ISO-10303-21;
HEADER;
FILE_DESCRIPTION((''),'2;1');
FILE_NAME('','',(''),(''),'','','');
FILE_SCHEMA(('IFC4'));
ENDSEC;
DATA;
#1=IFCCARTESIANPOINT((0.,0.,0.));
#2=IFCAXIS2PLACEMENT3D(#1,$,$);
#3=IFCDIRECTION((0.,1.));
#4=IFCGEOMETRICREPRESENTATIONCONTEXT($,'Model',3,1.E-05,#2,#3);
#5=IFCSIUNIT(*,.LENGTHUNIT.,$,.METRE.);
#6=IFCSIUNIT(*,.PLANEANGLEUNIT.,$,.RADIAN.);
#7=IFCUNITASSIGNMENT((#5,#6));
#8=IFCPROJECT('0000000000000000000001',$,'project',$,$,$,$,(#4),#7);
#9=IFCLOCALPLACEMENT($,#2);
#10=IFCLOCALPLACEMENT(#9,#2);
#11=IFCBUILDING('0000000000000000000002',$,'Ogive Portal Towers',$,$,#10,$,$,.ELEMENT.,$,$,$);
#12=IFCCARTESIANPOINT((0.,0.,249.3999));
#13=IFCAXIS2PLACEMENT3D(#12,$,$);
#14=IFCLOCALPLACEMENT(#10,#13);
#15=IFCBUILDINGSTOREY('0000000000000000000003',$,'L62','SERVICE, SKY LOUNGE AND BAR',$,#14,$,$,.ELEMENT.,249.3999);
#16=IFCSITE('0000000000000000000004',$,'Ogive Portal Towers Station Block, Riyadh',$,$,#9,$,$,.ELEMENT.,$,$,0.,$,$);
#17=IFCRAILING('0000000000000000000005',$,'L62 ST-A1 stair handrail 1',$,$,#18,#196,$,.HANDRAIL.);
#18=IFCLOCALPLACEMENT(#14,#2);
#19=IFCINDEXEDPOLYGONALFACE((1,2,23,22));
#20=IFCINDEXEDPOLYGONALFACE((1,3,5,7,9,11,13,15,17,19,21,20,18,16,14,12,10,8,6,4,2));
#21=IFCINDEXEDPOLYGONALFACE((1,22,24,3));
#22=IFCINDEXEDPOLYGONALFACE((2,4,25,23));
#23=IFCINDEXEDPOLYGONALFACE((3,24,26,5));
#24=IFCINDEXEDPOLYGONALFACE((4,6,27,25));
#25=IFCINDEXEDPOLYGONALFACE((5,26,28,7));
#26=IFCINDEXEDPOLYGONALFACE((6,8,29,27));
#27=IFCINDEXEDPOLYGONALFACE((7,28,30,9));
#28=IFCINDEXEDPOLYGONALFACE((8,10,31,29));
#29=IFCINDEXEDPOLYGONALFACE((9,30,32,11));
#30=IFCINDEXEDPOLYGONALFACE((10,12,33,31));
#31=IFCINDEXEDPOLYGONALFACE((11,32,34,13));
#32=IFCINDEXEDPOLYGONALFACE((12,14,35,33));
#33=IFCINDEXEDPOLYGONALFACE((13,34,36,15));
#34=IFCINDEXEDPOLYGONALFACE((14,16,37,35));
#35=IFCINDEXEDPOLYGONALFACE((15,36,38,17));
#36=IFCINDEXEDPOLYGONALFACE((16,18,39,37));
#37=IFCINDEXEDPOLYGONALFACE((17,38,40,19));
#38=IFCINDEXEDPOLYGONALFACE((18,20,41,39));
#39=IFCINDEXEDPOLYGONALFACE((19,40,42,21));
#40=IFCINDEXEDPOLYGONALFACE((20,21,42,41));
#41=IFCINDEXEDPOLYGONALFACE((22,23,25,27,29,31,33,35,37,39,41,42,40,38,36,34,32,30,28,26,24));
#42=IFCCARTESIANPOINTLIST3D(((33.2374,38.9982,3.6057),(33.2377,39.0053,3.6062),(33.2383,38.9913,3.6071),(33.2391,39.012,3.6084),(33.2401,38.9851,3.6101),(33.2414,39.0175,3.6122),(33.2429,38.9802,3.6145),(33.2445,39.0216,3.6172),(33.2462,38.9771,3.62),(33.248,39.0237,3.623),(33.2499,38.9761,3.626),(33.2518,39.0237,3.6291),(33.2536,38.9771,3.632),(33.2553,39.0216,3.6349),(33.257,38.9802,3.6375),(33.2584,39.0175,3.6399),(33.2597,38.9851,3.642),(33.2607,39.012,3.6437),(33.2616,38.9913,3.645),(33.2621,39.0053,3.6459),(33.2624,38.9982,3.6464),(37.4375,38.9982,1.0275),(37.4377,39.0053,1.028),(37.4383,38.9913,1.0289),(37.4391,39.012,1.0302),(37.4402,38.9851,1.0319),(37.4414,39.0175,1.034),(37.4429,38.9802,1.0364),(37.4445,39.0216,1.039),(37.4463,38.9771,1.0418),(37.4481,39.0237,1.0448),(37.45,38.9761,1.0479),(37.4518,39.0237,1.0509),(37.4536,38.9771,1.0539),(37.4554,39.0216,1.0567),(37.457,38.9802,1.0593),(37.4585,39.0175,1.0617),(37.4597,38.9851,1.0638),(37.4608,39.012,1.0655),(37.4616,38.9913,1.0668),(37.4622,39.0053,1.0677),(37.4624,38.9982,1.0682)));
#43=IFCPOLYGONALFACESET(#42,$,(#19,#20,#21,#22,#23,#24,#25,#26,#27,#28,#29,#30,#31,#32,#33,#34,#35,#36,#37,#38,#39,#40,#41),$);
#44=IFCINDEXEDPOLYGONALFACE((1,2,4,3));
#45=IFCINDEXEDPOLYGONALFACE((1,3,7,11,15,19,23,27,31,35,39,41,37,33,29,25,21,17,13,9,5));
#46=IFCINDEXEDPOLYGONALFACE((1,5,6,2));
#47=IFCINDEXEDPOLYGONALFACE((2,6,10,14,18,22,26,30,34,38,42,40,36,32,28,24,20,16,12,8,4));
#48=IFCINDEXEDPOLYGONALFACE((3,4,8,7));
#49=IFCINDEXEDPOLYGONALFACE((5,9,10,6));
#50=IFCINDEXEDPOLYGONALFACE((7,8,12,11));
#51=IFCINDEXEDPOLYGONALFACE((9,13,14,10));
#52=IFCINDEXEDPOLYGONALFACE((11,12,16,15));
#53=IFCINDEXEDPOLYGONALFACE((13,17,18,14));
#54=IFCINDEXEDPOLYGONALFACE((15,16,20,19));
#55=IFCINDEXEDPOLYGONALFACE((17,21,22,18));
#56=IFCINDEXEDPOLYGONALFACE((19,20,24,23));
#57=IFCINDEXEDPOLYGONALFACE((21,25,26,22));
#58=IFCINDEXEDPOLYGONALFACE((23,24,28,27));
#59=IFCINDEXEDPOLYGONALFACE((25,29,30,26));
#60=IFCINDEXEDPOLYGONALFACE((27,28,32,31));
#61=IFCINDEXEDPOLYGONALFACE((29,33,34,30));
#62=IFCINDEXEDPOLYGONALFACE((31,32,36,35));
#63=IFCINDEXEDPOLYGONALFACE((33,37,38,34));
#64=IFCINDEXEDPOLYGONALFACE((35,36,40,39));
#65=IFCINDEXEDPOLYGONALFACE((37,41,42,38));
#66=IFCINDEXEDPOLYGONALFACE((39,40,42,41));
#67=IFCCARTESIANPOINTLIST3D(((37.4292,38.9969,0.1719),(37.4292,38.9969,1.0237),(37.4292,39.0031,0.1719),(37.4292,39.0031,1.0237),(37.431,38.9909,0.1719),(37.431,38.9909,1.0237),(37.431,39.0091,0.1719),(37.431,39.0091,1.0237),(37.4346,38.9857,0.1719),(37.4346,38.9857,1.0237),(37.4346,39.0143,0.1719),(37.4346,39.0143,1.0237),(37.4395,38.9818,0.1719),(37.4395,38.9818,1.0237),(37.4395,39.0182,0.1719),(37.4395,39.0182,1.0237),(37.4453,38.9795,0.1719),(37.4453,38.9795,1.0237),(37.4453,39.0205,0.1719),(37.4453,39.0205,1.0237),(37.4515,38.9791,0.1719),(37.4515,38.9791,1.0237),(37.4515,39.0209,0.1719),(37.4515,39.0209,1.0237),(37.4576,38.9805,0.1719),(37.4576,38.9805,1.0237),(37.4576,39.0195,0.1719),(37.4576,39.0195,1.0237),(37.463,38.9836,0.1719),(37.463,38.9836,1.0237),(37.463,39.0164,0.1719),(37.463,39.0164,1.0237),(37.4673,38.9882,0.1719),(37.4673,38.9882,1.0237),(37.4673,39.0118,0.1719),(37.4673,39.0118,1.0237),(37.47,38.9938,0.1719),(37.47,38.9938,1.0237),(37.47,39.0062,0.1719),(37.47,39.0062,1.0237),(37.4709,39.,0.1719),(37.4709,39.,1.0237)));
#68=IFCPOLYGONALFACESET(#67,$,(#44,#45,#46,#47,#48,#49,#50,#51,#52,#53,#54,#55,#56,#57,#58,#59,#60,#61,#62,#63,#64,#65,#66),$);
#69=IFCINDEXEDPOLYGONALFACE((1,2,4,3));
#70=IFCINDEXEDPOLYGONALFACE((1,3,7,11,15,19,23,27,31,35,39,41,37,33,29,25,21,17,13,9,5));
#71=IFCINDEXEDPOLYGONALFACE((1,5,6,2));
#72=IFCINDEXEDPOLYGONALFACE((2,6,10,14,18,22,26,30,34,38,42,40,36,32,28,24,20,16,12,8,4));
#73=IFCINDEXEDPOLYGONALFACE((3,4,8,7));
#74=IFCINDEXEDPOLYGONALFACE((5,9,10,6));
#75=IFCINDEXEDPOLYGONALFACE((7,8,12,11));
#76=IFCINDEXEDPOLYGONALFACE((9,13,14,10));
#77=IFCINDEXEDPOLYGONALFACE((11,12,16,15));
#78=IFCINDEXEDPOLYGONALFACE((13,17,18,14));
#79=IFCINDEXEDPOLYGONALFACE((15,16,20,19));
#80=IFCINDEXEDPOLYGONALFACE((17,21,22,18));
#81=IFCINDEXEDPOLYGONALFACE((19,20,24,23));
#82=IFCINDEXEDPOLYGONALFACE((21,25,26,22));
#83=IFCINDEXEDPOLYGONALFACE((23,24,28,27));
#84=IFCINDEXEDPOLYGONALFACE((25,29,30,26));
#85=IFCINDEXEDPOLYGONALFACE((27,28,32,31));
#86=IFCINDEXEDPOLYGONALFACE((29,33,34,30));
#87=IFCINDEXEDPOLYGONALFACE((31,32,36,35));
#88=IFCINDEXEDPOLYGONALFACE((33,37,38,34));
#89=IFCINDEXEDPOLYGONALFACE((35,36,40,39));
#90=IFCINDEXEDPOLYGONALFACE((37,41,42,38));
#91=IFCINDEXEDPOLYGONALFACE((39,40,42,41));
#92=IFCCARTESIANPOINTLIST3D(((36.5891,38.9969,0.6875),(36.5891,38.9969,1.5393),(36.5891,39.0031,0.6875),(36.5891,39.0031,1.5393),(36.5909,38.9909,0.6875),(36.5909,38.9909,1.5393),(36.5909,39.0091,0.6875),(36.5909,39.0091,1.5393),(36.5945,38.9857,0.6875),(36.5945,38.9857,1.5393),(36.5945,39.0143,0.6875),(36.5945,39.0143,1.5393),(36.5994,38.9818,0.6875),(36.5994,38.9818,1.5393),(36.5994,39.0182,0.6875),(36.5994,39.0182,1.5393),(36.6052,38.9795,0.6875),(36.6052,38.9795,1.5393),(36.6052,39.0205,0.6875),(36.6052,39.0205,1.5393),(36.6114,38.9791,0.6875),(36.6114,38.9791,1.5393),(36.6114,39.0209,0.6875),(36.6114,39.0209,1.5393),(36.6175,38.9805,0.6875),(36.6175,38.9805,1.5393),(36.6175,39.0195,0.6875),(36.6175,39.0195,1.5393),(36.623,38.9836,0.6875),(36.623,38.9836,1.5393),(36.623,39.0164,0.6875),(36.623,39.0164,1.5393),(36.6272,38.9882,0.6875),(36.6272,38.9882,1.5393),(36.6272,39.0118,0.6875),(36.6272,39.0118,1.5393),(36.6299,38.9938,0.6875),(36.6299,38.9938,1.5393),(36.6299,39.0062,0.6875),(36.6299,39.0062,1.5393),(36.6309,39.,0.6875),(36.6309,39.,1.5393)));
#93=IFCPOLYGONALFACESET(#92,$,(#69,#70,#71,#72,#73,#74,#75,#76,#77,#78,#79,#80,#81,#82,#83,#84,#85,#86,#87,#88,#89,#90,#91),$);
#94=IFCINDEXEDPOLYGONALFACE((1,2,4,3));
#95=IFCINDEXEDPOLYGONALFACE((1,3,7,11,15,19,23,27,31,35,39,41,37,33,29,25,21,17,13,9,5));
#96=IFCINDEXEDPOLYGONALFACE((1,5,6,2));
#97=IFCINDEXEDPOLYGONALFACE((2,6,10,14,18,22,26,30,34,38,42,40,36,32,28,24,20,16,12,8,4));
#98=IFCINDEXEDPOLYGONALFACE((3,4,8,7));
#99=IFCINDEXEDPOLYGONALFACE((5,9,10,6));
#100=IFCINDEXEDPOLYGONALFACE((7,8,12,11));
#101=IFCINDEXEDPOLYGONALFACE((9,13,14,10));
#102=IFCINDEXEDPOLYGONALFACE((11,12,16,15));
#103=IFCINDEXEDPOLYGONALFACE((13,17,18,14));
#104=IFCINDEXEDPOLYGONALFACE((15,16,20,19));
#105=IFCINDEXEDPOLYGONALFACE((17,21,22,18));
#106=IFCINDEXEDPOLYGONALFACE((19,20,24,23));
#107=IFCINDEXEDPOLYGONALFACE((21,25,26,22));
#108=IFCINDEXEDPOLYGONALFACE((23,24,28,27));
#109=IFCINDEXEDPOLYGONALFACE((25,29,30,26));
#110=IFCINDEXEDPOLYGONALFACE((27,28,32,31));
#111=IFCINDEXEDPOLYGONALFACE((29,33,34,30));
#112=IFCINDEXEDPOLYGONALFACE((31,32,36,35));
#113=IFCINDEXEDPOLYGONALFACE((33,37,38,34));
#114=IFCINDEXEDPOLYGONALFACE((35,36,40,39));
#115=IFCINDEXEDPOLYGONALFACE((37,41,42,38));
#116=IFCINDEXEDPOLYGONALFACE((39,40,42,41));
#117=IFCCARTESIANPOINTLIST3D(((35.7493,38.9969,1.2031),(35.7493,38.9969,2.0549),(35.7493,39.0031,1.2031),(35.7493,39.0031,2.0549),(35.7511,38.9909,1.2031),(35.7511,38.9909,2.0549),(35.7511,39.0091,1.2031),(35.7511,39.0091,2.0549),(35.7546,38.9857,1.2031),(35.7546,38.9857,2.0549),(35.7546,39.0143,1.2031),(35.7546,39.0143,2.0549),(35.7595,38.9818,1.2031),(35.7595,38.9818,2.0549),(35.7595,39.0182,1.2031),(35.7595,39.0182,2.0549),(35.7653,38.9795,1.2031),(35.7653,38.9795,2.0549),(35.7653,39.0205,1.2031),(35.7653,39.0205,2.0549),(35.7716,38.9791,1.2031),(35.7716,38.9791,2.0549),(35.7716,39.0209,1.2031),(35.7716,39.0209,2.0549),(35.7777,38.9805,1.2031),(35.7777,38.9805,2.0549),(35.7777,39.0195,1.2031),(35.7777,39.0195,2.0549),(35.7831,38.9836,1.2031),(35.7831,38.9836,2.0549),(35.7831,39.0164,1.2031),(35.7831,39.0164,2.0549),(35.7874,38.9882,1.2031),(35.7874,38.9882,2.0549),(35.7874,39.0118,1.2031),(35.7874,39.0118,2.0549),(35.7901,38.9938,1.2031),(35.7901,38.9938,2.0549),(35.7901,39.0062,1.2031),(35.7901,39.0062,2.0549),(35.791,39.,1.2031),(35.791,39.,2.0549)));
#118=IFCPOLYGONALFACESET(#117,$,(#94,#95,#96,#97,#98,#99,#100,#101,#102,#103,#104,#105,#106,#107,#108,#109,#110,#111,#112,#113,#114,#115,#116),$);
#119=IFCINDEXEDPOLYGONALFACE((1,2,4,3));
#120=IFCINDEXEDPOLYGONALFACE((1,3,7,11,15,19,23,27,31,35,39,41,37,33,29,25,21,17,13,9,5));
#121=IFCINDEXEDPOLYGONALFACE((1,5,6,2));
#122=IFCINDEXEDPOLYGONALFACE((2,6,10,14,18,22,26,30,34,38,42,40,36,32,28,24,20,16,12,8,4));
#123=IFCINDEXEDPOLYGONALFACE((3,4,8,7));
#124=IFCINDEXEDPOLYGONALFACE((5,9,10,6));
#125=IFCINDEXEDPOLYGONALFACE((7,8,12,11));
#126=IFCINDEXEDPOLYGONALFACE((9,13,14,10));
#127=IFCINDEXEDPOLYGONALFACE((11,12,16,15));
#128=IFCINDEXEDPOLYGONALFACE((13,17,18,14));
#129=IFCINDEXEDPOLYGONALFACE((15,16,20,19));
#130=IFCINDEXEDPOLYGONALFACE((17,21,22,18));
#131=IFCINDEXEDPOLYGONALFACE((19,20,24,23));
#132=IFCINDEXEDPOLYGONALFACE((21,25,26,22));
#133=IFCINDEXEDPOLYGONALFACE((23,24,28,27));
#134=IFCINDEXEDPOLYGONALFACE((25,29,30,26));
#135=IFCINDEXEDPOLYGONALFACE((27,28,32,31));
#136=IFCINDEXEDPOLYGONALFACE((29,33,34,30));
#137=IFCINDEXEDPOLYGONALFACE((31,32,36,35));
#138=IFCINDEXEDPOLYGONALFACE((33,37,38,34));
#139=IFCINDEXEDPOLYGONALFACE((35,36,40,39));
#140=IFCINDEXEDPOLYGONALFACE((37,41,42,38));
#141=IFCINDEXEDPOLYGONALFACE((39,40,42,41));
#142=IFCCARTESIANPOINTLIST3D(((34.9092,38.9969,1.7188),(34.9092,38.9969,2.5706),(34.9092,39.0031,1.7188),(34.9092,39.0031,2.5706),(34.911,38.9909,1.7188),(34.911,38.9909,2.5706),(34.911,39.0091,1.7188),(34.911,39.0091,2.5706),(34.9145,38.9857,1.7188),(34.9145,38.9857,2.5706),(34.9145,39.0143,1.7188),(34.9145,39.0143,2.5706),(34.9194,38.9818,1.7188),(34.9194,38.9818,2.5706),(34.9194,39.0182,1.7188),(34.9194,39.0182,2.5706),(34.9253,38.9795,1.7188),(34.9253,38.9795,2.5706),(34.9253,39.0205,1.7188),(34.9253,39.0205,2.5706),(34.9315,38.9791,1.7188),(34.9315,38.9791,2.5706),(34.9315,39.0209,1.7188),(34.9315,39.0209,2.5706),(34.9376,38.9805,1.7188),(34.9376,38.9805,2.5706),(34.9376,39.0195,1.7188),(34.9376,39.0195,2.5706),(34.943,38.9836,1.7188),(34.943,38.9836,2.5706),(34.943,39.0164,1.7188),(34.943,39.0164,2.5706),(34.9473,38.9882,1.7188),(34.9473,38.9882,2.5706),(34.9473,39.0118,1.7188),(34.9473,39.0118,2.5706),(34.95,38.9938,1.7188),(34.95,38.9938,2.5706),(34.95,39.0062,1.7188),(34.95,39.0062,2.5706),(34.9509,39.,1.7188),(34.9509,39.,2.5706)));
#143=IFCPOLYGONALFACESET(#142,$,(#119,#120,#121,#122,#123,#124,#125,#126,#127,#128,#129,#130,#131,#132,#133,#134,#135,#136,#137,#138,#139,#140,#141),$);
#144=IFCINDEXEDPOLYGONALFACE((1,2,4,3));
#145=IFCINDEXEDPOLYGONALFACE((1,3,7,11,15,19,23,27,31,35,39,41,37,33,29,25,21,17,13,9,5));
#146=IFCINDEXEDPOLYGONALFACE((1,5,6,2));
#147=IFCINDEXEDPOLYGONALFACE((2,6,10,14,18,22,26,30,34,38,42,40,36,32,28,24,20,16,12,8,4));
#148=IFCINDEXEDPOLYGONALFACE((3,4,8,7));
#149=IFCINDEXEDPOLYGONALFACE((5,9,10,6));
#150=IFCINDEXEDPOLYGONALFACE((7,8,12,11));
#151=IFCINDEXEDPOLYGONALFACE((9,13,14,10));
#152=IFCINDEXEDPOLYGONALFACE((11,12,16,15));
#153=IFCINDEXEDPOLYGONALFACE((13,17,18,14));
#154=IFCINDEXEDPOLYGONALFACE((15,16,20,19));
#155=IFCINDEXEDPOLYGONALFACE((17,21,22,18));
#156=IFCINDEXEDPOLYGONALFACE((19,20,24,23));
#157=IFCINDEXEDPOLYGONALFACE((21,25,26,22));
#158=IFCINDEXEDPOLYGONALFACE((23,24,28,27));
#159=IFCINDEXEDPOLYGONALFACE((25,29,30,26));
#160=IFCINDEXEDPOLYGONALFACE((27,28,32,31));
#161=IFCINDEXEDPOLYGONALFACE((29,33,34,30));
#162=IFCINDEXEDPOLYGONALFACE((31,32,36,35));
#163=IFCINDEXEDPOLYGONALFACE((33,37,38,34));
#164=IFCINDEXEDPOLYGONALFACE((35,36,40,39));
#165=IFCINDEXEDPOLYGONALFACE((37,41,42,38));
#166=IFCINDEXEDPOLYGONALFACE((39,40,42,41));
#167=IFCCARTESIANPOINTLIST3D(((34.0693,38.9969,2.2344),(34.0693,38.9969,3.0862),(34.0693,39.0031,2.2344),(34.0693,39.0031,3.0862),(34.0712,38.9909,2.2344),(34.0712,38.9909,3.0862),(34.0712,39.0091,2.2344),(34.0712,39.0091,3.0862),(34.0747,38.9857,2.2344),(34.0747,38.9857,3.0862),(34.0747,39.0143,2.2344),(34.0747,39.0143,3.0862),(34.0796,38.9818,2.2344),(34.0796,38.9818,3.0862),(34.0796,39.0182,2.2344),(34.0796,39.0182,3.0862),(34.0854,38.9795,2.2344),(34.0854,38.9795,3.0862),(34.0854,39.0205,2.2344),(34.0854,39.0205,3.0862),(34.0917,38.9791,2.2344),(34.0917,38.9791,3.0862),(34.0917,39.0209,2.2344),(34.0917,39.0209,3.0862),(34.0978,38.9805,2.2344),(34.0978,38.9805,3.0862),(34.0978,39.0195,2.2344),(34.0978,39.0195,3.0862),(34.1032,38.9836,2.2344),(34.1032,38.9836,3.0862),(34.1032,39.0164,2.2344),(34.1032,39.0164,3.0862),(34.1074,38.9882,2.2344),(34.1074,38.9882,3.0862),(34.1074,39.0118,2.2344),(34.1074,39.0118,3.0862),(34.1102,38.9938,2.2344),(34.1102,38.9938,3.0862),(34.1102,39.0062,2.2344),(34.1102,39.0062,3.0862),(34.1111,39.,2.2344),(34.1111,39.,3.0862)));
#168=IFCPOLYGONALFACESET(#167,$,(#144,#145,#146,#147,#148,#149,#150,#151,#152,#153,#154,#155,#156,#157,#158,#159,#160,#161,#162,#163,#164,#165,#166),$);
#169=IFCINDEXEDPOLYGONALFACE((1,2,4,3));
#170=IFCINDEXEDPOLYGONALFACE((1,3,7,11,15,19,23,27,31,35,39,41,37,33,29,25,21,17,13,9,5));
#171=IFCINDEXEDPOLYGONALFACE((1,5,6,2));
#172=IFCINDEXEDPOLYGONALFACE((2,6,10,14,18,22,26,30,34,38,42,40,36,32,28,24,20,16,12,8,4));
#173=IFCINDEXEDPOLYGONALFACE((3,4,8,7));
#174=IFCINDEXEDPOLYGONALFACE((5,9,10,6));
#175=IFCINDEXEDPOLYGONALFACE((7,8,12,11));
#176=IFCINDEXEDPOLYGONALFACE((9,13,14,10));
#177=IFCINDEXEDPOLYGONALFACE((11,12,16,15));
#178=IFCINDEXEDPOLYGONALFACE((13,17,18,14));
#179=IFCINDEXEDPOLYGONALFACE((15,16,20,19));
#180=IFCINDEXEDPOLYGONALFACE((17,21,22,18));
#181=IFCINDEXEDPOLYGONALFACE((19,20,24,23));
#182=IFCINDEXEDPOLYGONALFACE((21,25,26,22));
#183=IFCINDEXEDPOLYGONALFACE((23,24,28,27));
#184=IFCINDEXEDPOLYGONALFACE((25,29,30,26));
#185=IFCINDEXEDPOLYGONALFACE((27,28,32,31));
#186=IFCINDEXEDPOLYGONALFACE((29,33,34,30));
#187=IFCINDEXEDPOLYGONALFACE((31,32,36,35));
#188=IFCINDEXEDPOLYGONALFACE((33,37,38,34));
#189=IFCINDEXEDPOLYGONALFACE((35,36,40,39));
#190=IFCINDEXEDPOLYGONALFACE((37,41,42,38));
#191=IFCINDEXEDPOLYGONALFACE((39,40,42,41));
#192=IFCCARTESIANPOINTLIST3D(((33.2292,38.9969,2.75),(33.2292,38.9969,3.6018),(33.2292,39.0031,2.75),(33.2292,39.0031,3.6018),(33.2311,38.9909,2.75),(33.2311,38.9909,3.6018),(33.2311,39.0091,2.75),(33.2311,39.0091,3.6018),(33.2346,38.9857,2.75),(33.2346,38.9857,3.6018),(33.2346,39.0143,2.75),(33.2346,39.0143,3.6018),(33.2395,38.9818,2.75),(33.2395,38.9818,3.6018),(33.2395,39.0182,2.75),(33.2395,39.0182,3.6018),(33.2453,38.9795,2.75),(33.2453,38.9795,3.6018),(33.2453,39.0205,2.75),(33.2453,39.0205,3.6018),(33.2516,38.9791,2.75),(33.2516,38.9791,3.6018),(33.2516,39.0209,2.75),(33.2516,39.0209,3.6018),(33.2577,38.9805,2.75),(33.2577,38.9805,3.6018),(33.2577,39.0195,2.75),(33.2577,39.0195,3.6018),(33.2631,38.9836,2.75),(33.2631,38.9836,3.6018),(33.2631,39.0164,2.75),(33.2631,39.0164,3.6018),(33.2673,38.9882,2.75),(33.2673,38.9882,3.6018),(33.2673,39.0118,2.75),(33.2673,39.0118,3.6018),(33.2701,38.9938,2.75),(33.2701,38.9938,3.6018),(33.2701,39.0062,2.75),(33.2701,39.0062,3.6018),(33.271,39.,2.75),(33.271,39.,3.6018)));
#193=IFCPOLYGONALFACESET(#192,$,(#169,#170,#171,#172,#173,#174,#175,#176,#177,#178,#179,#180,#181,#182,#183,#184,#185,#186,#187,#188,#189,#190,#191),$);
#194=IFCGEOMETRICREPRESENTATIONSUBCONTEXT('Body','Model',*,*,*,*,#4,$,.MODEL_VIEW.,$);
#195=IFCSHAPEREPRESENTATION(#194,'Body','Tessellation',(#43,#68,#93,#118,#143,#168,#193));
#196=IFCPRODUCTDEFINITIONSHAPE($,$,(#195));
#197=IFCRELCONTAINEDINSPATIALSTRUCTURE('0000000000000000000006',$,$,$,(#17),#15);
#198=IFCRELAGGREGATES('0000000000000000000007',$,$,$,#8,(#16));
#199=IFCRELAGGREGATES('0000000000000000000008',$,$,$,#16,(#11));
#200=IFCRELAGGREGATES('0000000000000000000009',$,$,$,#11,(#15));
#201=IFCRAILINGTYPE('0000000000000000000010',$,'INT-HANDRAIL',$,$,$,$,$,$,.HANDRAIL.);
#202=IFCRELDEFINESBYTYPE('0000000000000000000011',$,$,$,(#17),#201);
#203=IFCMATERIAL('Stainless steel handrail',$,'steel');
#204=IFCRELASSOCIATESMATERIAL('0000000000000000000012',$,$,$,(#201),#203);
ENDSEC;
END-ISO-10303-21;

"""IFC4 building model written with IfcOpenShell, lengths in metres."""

from ifc_helpers import new_model, si_unit, direction, frame, origin, origin_2d, place, context, subcontext, project, spatial, circle, extrude, material, type_object, element, save


model = new_model("IFC4")

# Units and contexts
model_context = context("Model", 3, precision=1e-05, world=origin(), true_north=direction((0.0, 1.0)))
body_context = subcontext(model_context, "Body", "Model", "MODEL_VIEW")
ifc_project = project(units=[si_unit("LENGTHUNIT", "METRE"), si_unit("PLANEANGLEUNIT", "RADIAN")], contexts=[model_context])

# Site, building, storey
site_placement = place(None, origin())
site = spatial("IfcSite", under=ifc_project, at=site_placement, Name="Ogive Portal Towers Station Block, Riyadh", CompositionType="ELEMENT", RefElevation=0.0)
building_placement = place(site_placement, origin())
building = spatial("IfcBuilding", under=site, at=building_placement, Name="Ogive Portal Towers", CompositionType="ELEMENT")
storey_placement = place(building_placement, frame((0.0, 0.0, 249.3999)))
storey = spatial("IfcBuildingStorey", under=building, at=storey_placement, Name="L62", Description="SERVICE, SKY LOUNGE AND BAR", CompositionType="ELEMENT", Elevation=249.3999)

# Railing
ifc_material_1 = material(Name="Stainless steel handrail", Category="steel")
railing_type_1 = type_object("IfcRailingType", Name="INT-HANDRAIL", PredefinedType="HANDRAIL", material=ifc_material_1)
railing_1_placement = place(storey_placement, frame((37.45, 39.0, 0.1719)))
element("IfcRailing", 1, at=railing_1_placement, inside=storey, type_object=railing_type_1, Name="L62 ST-A1 stair handrail 1", PredefinedType="HANDRAIL", context=body_context, shape_type="SweptSolid", body=[
    extrude(circle(Radius=0.0239, at=origin_2d()), frame((0.0, 0.0, 0.876), z_axis=(-0.852243, 0.0, 0.523146), x_axis=(0.0, -1.0, 0.0)), (0.0, 0.0, 1.0), 4.9282),
    extrude(circle(Radius=0.021, at=origin_2d()), origin(), (0.0, 0.0, 1.0), 0.8518),
    extrude(circle(Radius=0.021, at=origin_2d()), frame((-0.8401, 0.0, 0.5156)), (0.0, 0.0, 1.0), 0.8518),
    extrude(circle(Radius=0.021, at=origin_2d()), frame((-1.6799, 0.0, 1.0312)), (0.0, 0.0, 1.0), 0.8518),
    extrude(circle(Radius=0.021, at=origin_2d()), frame((-2.52, 0.0, 1.5469)), (0.0, 0.0, 1.0), 0.8518),
    extrude(circle(Radius=0.021, at=origin_2d()), frame((-3.3599, 0.0, 2.0625)), (0.0, 0.0, 1.0), 0.8518),
    extrude(circle(Radius=0.021, at=origin_2d()), frame((-4.2, 0.0, 2.5781)), (0.0, 0.0, 1.0), 0.8518),
])

save(model, "model.ifc")
